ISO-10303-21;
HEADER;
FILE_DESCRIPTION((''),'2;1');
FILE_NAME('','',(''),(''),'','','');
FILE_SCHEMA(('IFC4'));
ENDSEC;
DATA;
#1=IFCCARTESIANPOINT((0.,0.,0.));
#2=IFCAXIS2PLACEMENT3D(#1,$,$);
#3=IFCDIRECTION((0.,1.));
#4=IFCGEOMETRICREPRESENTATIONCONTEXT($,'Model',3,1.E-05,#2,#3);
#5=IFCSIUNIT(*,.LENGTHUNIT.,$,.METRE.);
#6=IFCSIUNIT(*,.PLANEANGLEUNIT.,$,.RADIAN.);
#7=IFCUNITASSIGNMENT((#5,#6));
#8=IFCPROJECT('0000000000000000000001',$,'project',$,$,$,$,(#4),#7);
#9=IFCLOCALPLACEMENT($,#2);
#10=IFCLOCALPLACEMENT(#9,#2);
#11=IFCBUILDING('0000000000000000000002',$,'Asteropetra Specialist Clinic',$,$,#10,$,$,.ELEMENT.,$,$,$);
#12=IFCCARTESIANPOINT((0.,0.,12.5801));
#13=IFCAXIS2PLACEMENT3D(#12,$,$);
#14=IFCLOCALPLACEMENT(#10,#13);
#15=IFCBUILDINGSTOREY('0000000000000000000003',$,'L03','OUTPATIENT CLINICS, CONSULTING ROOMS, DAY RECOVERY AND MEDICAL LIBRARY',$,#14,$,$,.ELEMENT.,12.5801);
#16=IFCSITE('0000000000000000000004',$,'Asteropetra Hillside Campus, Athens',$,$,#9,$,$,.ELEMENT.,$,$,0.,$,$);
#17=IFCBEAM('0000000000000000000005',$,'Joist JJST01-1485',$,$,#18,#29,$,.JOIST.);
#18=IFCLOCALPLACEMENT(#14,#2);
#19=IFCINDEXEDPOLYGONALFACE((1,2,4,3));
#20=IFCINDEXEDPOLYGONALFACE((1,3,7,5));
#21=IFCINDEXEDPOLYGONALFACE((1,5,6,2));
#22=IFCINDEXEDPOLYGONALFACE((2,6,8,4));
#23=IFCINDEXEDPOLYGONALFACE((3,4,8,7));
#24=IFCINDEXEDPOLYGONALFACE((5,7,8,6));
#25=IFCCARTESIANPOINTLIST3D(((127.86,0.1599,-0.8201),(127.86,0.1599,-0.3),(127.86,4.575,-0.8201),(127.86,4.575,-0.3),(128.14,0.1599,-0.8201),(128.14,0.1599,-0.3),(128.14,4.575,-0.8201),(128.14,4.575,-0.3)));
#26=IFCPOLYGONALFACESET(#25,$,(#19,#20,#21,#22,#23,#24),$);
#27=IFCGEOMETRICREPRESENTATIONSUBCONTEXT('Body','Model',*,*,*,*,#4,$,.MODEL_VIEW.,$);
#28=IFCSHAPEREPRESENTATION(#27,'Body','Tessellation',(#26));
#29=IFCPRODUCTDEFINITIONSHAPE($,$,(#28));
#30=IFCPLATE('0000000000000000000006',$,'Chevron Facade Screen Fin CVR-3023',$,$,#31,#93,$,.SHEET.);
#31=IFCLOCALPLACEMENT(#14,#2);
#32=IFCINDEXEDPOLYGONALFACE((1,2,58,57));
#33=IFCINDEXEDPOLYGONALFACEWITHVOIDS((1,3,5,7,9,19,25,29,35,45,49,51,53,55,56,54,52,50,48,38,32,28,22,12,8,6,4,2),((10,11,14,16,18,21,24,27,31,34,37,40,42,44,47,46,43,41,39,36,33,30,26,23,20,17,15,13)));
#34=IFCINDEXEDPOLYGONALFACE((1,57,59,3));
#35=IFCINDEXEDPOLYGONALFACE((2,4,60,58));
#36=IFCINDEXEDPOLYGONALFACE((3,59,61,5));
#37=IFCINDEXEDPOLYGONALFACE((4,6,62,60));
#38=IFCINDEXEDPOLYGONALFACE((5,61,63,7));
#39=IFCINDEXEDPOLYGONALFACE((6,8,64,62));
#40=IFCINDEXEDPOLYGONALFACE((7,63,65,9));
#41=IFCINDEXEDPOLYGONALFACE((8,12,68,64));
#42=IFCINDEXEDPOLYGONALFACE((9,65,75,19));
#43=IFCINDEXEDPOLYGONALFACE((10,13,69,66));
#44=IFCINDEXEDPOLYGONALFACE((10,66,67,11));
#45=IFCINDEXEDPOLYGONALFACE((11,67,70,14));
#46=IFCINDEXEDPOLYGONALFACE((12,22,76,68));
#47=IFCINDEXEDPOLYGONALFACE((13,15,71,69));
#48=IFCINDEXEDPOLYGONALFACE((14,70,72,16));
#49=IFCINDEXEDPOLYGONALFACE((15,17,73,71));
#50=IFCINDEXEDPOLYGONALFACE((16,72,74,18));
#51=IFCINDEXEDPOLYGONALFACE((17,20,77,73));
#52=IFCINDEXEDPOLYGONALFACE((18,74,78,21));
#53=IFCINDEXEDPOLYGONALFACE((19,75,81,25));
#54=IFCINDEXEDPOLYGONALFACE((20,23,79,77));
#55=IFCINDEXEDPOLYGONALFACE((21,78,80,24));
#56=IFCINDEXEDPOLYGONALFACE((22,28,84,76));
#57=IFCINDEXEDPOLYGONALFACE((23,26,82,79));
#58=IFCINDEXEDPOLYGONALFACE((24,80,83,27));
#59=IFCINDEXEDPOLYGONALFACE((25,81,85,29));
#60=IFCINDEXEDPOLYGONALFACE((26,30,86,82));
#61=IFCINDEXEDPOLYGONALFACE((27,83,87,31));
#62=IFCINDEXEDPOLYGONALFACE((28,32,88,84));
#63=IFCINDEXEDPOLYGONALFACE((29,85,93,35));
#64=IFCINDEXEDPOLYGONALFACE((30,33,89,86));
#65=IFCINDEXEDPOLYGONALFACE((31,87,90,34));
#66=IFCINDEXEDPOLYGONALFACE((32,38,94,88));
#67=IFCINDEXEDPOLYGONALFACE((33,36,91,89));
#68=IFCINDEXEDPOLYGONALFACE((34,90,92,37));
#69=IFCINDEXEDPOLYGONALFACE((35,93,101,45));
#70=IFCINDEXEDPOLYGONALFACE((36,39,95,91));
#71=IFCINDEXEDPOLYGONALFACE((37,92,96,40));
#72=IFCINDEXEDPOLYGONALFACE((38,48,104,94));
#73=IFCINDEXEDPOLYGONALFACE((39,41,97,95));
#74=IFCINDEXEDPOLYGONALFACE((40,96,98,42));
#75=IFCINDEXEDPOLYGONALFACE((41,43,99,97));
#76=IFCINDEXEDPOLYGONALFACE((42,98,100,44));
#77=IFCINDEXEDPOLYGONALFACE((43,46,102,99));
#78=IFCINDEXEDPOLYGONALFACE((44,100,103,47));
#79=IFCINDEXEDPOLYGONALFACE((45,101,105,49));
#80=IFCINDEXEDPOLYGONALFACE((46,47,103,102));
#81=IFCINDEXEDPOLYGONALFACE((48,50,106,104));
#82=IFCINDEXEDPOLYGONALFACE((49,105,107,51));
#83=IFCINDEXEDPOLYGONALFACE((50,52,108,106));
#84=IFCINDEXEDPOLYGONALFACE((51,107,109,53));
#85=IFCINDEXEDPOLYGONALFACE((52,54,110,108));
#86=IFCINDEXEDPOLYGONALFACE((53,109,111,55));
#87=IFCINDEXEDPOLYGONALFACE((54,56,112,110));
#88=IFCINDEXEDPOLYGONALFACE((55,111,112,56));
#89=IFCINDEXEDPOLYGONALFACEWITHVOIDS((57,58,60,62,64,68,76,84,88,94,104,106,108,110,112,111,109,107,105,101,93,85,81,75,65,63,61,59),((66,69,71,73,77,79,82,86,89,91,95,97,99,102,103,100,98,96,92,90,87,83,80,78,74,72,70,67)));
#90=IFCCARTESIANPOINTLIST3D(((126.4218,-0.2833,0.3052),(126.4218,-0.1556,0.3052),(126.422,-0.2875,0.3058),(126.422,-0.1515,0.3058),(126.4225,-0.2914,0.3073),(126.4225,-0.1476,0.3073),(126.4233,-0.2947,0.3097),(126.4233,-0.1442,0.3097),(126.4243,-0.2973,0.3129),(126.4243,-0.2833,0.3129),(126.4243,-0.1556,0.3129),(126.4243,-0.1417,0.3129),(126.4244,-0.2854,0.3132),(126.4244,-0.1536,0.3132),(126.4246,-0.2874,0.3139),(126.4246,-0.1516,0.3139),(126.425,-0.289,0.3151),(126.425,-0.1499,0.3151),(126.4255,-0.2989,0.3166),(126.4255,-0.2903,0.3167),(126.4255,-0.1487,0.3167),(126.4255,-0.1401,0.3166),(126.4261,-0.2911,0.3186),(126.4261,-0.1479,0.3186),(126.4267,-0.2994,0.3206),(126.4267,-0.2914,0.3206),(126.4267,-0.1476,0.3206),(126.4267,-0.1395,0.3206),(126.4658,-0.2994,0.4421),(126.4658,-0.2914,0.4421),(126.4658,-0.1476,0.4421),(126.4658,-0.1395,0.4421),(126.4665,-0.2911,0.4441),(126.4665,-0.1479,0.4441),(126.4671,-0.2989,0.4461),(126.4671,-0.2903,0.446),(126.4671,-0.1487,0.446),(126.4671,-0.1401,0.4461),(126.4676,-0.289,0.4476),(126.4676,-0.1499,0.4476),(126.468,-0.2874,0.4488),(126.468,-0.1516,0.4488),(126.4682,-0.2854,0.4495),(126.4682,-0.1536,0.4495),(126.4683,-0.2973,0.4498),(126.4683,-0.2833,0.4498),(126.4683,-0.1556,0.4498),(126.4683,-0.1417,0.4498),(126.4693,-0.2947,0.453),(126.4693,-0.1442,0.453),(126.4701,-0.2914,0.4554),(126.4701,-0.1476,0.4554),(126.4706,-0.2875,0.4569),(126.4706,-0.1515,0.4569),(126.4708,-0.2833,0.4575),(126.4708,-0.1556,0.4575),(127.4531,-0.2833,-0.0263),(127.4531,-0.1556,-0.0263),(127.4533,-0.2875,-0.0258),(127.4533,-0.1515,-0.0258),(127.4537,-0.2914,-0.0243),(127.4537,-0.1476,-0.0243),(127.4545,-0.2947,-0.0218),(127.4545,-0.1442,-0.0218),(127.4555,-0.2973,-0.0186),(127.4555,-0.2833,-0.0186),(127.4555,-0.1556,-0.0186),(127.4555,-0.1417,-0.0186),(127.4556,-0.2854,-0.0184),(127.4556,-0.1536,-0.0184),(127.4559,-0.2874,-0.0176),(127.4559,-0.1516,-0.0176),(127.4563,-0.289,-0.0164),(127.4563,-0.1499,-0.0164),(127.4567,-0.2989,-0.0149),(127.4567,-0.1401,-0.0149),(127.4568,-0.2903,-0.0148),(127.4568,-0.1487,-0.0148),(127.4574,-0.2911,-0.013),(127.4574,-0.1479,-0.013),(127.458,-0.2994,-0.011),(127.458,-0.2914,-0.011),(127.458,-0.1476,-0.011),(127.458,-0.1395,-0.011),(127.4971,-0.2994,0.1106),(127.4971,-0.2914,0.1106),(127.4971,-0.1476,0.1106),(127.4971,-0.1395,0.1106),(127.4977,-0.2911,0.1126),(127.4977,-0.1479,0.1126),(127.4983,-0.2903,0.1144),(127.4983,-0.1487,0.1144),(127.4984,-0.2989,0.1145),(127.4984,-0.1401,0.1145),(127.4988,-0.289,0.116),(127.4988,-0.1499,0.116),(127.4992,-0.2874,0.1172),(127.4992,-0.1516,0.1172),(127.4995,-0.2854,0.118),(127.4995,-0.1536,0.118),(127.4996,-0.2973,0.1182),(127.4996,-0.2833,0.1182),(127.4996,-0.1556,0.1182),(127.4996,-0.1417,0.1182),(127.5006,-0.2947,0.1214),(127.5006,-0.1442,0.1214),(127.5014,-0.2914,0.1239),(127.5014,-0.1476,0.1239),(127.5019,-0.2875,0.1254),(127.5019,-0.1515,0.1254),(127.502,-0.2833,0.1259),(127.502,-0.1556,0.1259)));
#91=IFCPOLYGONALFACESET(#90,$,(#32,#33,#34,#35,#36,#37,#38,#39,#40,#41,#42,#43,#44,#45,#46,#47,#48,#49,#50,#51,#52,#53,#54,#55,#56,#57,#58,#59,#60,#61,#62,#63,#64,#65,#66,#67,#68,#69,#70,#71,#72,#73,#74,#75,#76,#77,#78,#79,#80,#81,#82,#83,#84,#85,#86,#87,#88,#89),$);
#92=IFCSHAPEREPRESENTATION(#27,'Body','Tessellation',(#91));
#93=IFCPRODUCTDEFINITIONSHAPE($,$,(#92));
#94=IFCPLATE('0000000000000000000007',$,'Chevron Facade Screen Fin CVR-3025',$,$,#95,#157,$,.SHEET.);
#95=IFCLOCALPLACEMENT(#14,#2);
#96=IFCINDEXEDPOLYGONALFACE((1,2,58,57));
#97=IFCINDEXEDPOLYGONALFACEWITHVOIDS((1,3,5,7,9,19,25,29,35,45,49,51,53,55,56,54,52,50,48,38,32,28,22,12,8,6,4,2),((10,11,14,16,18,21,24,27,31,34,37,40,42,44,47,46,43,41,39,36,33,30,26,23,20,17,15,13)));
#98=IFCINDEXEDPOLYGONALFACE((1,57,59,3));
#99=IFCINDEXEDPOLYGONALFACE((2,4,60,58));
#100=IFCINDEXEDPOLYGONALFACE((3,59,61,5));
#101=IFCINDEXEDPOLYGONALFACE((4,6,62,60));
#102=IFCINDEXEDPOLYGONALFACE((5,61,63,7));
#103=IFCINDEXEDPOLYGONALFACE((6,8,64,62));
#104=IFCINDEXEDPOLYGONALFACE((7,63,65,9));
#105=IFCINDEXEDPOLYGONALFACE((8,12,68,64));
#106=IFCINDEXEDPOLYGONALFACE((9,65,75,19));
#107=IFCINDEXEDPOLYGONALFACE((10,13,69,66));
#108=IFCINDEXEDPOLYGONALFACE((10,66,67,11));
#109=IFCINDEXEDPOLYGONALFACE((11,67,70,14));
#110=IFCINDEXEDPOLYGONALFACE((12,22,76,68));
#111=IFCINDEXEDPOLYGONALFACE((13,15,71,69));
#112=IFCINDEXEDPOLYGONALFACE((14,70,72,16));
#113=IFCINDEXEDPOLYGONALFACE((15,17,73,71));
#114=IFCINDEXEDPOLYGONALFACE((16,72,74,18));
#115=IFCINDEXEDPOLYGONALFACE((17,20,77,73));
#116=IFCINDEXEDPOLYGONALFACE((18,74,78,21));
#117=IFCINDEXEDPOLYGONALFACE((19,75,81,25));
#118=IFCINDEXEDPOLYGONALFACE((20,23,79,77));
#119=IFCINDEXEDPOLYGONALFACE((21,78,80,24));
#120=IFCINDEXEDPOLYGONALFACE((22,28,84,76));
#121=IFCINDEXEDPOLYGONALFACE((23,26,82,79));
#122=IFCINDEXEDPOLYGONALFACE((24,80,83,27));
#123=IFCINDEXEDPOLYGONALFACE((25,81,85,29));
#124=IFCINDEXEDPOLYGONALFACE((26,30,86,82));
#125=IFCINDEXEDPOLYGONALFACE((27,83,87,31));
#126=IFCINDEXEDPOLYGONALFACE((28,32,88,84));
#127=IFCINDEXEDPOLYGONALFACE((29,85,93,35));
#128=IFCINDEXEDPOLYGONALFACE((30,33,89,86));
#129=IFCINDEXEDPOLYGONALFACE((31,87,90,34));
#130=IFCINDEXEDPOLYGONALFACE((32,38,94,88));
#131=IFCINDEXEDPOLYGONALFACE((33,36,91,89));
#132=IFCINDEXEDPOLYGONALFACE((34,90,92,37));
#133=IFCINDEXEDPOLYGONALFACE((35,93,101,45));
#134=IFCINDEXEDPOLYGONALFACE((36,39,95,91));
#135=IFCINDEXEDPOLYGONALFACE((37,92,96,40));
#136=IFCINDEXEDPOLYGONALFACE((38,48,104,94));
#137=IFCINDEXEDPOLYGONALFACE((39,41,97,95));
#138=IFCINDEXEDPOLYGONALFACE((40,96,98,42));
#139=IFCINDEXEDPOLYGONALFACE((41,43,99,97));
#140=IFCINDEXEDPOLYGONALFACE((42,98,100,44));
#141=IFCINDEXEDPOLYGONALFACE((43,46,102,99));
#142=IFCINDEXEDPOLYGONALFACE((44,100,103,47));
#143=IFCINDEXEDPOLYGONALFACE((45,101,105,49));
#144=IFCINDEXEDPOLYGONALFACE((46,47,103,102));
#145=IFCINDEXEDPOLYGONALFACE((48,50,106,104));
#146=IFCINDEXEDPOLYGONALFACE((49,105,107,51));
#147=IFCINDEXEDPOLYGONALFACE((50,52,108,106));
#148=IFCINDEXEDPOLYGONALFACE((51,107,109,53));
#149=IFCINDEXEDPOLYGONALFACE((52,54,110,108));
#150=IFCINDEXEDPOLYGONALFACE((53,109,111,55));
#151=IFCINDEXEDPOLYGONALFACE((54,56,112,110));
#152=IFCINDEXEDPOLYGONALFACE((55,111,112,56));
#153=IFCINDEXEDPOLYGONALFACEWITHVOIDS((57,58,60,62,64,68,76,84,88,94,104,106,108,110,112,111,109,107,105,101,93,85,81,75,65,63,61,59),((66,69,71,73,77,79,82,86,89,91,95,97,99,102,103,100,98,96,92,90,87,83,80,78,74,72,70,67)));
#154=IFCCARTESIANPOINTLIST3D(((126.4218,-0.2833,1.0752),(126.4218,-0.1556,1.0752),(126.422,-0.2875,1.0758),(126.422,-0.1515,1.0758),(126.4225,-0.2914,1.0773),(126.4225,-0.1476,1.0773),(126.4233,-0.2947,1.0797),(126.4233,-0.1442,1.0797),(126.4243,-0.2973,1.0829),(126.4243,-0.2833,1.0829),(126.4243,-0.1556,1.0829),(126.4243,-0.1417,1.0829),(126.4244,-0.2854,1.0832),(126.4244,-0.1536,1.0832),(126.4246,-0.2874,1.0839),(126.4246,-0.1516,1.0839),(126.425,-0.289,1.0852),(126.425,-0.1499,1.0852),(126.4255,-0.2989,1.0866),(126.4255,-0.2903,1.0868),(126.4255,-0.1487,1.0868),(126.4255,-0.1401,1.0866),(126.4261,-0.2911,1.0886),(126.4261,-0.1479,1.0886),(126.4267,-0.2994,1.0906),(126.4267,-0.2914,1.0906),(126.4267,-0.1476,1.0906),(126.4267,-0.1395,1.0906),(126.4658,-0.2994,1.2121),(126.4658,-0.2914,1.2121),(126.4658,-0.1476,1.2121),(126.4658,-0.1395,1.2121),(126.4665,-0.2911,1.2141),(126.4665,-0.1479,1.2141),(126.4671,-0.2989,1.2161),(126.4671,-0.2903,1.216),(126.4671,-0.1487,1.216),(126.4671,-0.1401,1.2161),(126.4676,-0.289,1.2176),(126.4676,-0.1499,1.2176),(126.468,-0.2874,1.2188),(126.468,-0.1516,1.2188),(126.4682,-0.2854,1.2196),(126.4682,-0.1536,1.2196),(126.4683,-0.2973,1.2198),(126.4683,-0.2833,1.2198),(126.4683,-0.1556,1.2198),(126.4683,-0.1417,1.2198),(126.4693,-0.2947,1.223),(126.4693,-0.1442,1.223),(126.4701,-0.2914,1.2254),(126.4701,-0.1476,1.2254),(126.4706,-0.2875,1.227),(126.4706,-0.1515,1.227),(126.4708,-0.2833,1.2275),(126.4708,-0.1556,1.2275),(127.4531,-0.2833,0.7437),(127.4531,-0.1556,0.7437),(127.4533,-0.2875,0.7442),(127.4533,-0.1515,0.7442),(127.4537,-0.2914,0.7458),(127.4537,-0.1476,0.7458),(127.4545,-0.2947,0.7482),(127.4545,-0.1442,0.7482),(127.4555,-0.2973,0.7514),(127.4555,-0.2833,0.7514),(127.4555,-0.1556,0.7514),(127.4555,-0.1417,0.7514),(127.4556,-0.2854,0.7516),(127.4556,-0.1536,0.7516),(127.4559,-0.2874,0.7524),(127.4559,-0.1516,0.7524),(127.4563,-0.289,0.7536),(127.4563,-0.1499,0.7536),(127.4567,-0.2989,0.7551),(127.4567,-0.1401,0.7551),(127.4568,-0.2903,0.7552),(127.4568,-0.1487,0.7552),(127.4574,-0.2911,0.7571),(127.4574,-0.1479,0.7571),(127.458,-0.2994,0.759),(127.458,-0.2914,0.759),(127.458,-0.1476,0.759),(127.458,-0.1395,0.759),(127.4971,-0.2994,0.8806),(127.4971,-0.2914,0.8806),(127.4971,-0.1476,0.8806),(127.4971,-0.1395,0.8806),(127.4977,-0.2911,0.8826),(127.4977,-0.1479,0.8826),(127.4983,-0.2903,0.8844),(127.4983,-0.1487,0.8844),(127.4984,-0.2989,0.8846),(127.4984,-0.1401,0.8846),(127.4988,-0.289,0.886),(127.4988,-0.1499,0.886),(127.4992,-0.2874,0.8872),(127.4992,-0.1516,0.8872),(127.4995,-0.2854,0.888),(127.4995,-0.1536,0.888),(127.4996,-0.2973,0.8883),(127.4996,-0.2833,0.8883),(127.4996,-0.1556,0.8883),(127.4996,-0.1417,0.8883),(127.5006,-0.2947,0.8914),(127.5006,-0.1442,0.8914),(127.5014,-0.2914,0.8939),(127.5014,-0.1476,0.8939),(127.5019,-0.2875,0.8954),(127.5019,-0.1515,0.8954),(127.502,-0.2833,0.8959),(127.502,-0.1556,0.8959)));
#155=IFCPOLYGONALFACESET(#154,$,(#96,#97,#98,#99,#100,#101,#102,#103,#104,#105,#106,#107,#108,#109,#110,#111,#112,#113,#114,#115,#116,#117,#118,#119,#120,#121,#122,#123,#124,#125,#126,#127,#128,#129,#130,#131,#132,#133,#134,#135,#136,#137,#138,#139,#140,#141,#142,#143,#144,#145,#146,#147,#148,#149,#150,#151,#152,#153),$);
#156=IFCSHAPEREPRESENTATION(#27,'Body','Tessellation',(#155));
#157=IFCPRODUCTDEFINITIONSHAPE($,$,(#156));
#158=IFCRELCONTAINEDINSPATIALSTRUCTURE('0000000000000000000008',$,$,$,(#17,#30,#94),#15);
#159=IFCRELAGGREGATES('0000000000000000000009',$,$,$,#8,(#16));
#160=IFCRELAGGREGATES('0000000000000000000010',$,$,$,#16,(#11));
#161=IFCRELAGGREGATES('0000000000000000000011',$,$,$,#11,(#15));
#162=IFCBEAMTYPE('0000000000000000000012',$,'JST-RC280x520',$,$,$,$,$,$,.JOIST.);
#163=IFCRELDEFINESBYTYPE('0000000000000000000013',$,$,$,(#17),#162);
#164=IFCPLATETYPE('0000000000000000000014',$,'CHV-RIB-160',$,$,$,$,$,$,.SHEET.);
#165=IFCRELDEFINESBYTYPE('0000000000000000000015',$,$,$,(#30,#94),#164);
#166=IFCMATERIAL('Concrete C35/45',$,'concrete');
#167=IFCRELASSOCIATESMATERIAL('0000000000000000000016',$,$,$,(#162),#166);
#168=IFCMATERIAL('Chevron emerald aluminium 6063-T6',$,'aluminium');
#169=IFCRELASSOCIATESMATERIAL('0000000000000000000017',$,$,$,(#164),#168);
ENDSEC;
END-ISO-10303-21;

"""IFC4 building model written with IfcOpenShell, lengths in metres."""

from ifc_helpers import new_model, si_unit, direction, frame, origin, origin_2d, place, context, subcontext, project, spatial, rectangle, hollow_rectangle, extrude, material, material_profile, profile_set, type_object, element, save


model = new_model("IFC4")

# Units and contexts
model_context = context("Model", 3, precision=1e-05, world=origin(), true_north=direction((0.0, 1.0)))
body_context = subcontext(model_context, "Body", "Model", "MODEL_VIEW")
ifc_project = project(units=[si_unit("LENGTHUNIT", "METRE"), si_unit("PLANEANGLEUNIT", "RADIAN")], contexts=[model_context])

# Site, building, storey
site_placement = place(None, origin())
site = spatial("IfcSite", under=ifc_project, at=site_placement, Name="Asteropetra Hillside Campus, Athens", CompositionType="ELEMENT", RefElevation=0.0)
building_placement = place(site_placement, origin())
building = spatial("IfcBuilding", under=site, at=building_placement, Name="Asteropetra Specialist Clinic", CompositionType="ELEMENT")
storey_placement = place(building_placement, frame((0.0, 0.0, 12.5801)))
storey = spatial("IfcBuildingStorey", under=building, at=storey_placement, Name="L03", Description="OUTPATIENT CLINICS, CONSULTING ROOMS, DAY RECOVERY AND MEDICAL LIBRARY", CompositionType="ELEMENT", Elevation=12.5801)

# Beam
ifc_material_1 = material(Name="Concrete C35/45", Category="concrete")
ifc_material_profile_1 = material_profile(ifc_material_1, rectangle(XDim=0.28, YDim=0.52, at=origin_2d()), Name="RCJ 280x520")
ifc_profile_set_1 = profile_set([ifc_material_profile_1], Name="Concrete C35/45")
beam_type = type_object("IfcBeamType", Name="JST-RC280x520", PredefinedType="JOIST", material=ifc_profile_set_1)
beam_placement = place(storey_placement, frame((128.0, 0.1599, -0.5601), z_axis=(0.0, 1.0, 0.0), x_axis=(-1.0, 0.0, 0.0)))
element("IfcBeam", 1, at=beam_placement, inside=storey, type_object=beam_type, Name="Joist JJST01-1485", PredefinedType="JOIST", context=body_context, shape_type="SweptSolid", body=[
    extrude(rectangle(XDim=0.28, YDim=0.52, at=origin_2d()), origin(), (0.0, 0.0, 1.0), 4.415),
])

# Plates
ifc_material_2 = material(Name="Chevron emerald aluminium 6063-T6", Category="aluminium")
ifc_material_profile_2 = material_profile(ifc_material_2, hollow_rectangle(XDim=0.1599, YDim=0.1599, WallThickness=0.0081, InnerFilletRadius=0.0081, OuterFilletRadius=0.0161, at=origin_2d()), Name="SHS 160x160x8.0")
ifc_profile_set_2 = profile_set([ifc_material_profile_2], Name="Chevron emerald aluminium 6063-T6")
plate_type_1 = type_object("IfcPlateType", Name="CHV-RIB-160", PredefinedType="SHEET", material=ifc_profile_set_2)
for number, where, z_axis, x_axis, name in (
    (2, (126.4463, -0.2195, 0.3813), (0.95201, 0.0, -0.306068), (0.0, 1.0, 0.0), "Chevron Facade Screen Fin CVR-3023"),
    (3, (126.4463, -0.2195, 1.1514), (0.95201, 0.0, -0.306068), (0.0, 1.0, 0.0), "Chevron Facade Screen Fin CVR-3025"),
):
    element("IfcPlate", number, at=place(storey_placement, frame(where, z_axis=z_axis, x_axis=x_axis)), inside=storey, type_object=plate_type_1, Name=name, PredefinedType="SHEET", context=body_context, shape_type="SweptSolid", body=[
        extrude(hollow_rectangle(XDim=0.1599, YDim=0.1599, WallThickness=0.0081, InnerFilletRadius=0.0081, OuterFilletRadius=0.0161, at=origin_2d()), origin(), (0.0, 0.0, 1.0), 1.0833),
    ])

save(model, "model.ifc")
